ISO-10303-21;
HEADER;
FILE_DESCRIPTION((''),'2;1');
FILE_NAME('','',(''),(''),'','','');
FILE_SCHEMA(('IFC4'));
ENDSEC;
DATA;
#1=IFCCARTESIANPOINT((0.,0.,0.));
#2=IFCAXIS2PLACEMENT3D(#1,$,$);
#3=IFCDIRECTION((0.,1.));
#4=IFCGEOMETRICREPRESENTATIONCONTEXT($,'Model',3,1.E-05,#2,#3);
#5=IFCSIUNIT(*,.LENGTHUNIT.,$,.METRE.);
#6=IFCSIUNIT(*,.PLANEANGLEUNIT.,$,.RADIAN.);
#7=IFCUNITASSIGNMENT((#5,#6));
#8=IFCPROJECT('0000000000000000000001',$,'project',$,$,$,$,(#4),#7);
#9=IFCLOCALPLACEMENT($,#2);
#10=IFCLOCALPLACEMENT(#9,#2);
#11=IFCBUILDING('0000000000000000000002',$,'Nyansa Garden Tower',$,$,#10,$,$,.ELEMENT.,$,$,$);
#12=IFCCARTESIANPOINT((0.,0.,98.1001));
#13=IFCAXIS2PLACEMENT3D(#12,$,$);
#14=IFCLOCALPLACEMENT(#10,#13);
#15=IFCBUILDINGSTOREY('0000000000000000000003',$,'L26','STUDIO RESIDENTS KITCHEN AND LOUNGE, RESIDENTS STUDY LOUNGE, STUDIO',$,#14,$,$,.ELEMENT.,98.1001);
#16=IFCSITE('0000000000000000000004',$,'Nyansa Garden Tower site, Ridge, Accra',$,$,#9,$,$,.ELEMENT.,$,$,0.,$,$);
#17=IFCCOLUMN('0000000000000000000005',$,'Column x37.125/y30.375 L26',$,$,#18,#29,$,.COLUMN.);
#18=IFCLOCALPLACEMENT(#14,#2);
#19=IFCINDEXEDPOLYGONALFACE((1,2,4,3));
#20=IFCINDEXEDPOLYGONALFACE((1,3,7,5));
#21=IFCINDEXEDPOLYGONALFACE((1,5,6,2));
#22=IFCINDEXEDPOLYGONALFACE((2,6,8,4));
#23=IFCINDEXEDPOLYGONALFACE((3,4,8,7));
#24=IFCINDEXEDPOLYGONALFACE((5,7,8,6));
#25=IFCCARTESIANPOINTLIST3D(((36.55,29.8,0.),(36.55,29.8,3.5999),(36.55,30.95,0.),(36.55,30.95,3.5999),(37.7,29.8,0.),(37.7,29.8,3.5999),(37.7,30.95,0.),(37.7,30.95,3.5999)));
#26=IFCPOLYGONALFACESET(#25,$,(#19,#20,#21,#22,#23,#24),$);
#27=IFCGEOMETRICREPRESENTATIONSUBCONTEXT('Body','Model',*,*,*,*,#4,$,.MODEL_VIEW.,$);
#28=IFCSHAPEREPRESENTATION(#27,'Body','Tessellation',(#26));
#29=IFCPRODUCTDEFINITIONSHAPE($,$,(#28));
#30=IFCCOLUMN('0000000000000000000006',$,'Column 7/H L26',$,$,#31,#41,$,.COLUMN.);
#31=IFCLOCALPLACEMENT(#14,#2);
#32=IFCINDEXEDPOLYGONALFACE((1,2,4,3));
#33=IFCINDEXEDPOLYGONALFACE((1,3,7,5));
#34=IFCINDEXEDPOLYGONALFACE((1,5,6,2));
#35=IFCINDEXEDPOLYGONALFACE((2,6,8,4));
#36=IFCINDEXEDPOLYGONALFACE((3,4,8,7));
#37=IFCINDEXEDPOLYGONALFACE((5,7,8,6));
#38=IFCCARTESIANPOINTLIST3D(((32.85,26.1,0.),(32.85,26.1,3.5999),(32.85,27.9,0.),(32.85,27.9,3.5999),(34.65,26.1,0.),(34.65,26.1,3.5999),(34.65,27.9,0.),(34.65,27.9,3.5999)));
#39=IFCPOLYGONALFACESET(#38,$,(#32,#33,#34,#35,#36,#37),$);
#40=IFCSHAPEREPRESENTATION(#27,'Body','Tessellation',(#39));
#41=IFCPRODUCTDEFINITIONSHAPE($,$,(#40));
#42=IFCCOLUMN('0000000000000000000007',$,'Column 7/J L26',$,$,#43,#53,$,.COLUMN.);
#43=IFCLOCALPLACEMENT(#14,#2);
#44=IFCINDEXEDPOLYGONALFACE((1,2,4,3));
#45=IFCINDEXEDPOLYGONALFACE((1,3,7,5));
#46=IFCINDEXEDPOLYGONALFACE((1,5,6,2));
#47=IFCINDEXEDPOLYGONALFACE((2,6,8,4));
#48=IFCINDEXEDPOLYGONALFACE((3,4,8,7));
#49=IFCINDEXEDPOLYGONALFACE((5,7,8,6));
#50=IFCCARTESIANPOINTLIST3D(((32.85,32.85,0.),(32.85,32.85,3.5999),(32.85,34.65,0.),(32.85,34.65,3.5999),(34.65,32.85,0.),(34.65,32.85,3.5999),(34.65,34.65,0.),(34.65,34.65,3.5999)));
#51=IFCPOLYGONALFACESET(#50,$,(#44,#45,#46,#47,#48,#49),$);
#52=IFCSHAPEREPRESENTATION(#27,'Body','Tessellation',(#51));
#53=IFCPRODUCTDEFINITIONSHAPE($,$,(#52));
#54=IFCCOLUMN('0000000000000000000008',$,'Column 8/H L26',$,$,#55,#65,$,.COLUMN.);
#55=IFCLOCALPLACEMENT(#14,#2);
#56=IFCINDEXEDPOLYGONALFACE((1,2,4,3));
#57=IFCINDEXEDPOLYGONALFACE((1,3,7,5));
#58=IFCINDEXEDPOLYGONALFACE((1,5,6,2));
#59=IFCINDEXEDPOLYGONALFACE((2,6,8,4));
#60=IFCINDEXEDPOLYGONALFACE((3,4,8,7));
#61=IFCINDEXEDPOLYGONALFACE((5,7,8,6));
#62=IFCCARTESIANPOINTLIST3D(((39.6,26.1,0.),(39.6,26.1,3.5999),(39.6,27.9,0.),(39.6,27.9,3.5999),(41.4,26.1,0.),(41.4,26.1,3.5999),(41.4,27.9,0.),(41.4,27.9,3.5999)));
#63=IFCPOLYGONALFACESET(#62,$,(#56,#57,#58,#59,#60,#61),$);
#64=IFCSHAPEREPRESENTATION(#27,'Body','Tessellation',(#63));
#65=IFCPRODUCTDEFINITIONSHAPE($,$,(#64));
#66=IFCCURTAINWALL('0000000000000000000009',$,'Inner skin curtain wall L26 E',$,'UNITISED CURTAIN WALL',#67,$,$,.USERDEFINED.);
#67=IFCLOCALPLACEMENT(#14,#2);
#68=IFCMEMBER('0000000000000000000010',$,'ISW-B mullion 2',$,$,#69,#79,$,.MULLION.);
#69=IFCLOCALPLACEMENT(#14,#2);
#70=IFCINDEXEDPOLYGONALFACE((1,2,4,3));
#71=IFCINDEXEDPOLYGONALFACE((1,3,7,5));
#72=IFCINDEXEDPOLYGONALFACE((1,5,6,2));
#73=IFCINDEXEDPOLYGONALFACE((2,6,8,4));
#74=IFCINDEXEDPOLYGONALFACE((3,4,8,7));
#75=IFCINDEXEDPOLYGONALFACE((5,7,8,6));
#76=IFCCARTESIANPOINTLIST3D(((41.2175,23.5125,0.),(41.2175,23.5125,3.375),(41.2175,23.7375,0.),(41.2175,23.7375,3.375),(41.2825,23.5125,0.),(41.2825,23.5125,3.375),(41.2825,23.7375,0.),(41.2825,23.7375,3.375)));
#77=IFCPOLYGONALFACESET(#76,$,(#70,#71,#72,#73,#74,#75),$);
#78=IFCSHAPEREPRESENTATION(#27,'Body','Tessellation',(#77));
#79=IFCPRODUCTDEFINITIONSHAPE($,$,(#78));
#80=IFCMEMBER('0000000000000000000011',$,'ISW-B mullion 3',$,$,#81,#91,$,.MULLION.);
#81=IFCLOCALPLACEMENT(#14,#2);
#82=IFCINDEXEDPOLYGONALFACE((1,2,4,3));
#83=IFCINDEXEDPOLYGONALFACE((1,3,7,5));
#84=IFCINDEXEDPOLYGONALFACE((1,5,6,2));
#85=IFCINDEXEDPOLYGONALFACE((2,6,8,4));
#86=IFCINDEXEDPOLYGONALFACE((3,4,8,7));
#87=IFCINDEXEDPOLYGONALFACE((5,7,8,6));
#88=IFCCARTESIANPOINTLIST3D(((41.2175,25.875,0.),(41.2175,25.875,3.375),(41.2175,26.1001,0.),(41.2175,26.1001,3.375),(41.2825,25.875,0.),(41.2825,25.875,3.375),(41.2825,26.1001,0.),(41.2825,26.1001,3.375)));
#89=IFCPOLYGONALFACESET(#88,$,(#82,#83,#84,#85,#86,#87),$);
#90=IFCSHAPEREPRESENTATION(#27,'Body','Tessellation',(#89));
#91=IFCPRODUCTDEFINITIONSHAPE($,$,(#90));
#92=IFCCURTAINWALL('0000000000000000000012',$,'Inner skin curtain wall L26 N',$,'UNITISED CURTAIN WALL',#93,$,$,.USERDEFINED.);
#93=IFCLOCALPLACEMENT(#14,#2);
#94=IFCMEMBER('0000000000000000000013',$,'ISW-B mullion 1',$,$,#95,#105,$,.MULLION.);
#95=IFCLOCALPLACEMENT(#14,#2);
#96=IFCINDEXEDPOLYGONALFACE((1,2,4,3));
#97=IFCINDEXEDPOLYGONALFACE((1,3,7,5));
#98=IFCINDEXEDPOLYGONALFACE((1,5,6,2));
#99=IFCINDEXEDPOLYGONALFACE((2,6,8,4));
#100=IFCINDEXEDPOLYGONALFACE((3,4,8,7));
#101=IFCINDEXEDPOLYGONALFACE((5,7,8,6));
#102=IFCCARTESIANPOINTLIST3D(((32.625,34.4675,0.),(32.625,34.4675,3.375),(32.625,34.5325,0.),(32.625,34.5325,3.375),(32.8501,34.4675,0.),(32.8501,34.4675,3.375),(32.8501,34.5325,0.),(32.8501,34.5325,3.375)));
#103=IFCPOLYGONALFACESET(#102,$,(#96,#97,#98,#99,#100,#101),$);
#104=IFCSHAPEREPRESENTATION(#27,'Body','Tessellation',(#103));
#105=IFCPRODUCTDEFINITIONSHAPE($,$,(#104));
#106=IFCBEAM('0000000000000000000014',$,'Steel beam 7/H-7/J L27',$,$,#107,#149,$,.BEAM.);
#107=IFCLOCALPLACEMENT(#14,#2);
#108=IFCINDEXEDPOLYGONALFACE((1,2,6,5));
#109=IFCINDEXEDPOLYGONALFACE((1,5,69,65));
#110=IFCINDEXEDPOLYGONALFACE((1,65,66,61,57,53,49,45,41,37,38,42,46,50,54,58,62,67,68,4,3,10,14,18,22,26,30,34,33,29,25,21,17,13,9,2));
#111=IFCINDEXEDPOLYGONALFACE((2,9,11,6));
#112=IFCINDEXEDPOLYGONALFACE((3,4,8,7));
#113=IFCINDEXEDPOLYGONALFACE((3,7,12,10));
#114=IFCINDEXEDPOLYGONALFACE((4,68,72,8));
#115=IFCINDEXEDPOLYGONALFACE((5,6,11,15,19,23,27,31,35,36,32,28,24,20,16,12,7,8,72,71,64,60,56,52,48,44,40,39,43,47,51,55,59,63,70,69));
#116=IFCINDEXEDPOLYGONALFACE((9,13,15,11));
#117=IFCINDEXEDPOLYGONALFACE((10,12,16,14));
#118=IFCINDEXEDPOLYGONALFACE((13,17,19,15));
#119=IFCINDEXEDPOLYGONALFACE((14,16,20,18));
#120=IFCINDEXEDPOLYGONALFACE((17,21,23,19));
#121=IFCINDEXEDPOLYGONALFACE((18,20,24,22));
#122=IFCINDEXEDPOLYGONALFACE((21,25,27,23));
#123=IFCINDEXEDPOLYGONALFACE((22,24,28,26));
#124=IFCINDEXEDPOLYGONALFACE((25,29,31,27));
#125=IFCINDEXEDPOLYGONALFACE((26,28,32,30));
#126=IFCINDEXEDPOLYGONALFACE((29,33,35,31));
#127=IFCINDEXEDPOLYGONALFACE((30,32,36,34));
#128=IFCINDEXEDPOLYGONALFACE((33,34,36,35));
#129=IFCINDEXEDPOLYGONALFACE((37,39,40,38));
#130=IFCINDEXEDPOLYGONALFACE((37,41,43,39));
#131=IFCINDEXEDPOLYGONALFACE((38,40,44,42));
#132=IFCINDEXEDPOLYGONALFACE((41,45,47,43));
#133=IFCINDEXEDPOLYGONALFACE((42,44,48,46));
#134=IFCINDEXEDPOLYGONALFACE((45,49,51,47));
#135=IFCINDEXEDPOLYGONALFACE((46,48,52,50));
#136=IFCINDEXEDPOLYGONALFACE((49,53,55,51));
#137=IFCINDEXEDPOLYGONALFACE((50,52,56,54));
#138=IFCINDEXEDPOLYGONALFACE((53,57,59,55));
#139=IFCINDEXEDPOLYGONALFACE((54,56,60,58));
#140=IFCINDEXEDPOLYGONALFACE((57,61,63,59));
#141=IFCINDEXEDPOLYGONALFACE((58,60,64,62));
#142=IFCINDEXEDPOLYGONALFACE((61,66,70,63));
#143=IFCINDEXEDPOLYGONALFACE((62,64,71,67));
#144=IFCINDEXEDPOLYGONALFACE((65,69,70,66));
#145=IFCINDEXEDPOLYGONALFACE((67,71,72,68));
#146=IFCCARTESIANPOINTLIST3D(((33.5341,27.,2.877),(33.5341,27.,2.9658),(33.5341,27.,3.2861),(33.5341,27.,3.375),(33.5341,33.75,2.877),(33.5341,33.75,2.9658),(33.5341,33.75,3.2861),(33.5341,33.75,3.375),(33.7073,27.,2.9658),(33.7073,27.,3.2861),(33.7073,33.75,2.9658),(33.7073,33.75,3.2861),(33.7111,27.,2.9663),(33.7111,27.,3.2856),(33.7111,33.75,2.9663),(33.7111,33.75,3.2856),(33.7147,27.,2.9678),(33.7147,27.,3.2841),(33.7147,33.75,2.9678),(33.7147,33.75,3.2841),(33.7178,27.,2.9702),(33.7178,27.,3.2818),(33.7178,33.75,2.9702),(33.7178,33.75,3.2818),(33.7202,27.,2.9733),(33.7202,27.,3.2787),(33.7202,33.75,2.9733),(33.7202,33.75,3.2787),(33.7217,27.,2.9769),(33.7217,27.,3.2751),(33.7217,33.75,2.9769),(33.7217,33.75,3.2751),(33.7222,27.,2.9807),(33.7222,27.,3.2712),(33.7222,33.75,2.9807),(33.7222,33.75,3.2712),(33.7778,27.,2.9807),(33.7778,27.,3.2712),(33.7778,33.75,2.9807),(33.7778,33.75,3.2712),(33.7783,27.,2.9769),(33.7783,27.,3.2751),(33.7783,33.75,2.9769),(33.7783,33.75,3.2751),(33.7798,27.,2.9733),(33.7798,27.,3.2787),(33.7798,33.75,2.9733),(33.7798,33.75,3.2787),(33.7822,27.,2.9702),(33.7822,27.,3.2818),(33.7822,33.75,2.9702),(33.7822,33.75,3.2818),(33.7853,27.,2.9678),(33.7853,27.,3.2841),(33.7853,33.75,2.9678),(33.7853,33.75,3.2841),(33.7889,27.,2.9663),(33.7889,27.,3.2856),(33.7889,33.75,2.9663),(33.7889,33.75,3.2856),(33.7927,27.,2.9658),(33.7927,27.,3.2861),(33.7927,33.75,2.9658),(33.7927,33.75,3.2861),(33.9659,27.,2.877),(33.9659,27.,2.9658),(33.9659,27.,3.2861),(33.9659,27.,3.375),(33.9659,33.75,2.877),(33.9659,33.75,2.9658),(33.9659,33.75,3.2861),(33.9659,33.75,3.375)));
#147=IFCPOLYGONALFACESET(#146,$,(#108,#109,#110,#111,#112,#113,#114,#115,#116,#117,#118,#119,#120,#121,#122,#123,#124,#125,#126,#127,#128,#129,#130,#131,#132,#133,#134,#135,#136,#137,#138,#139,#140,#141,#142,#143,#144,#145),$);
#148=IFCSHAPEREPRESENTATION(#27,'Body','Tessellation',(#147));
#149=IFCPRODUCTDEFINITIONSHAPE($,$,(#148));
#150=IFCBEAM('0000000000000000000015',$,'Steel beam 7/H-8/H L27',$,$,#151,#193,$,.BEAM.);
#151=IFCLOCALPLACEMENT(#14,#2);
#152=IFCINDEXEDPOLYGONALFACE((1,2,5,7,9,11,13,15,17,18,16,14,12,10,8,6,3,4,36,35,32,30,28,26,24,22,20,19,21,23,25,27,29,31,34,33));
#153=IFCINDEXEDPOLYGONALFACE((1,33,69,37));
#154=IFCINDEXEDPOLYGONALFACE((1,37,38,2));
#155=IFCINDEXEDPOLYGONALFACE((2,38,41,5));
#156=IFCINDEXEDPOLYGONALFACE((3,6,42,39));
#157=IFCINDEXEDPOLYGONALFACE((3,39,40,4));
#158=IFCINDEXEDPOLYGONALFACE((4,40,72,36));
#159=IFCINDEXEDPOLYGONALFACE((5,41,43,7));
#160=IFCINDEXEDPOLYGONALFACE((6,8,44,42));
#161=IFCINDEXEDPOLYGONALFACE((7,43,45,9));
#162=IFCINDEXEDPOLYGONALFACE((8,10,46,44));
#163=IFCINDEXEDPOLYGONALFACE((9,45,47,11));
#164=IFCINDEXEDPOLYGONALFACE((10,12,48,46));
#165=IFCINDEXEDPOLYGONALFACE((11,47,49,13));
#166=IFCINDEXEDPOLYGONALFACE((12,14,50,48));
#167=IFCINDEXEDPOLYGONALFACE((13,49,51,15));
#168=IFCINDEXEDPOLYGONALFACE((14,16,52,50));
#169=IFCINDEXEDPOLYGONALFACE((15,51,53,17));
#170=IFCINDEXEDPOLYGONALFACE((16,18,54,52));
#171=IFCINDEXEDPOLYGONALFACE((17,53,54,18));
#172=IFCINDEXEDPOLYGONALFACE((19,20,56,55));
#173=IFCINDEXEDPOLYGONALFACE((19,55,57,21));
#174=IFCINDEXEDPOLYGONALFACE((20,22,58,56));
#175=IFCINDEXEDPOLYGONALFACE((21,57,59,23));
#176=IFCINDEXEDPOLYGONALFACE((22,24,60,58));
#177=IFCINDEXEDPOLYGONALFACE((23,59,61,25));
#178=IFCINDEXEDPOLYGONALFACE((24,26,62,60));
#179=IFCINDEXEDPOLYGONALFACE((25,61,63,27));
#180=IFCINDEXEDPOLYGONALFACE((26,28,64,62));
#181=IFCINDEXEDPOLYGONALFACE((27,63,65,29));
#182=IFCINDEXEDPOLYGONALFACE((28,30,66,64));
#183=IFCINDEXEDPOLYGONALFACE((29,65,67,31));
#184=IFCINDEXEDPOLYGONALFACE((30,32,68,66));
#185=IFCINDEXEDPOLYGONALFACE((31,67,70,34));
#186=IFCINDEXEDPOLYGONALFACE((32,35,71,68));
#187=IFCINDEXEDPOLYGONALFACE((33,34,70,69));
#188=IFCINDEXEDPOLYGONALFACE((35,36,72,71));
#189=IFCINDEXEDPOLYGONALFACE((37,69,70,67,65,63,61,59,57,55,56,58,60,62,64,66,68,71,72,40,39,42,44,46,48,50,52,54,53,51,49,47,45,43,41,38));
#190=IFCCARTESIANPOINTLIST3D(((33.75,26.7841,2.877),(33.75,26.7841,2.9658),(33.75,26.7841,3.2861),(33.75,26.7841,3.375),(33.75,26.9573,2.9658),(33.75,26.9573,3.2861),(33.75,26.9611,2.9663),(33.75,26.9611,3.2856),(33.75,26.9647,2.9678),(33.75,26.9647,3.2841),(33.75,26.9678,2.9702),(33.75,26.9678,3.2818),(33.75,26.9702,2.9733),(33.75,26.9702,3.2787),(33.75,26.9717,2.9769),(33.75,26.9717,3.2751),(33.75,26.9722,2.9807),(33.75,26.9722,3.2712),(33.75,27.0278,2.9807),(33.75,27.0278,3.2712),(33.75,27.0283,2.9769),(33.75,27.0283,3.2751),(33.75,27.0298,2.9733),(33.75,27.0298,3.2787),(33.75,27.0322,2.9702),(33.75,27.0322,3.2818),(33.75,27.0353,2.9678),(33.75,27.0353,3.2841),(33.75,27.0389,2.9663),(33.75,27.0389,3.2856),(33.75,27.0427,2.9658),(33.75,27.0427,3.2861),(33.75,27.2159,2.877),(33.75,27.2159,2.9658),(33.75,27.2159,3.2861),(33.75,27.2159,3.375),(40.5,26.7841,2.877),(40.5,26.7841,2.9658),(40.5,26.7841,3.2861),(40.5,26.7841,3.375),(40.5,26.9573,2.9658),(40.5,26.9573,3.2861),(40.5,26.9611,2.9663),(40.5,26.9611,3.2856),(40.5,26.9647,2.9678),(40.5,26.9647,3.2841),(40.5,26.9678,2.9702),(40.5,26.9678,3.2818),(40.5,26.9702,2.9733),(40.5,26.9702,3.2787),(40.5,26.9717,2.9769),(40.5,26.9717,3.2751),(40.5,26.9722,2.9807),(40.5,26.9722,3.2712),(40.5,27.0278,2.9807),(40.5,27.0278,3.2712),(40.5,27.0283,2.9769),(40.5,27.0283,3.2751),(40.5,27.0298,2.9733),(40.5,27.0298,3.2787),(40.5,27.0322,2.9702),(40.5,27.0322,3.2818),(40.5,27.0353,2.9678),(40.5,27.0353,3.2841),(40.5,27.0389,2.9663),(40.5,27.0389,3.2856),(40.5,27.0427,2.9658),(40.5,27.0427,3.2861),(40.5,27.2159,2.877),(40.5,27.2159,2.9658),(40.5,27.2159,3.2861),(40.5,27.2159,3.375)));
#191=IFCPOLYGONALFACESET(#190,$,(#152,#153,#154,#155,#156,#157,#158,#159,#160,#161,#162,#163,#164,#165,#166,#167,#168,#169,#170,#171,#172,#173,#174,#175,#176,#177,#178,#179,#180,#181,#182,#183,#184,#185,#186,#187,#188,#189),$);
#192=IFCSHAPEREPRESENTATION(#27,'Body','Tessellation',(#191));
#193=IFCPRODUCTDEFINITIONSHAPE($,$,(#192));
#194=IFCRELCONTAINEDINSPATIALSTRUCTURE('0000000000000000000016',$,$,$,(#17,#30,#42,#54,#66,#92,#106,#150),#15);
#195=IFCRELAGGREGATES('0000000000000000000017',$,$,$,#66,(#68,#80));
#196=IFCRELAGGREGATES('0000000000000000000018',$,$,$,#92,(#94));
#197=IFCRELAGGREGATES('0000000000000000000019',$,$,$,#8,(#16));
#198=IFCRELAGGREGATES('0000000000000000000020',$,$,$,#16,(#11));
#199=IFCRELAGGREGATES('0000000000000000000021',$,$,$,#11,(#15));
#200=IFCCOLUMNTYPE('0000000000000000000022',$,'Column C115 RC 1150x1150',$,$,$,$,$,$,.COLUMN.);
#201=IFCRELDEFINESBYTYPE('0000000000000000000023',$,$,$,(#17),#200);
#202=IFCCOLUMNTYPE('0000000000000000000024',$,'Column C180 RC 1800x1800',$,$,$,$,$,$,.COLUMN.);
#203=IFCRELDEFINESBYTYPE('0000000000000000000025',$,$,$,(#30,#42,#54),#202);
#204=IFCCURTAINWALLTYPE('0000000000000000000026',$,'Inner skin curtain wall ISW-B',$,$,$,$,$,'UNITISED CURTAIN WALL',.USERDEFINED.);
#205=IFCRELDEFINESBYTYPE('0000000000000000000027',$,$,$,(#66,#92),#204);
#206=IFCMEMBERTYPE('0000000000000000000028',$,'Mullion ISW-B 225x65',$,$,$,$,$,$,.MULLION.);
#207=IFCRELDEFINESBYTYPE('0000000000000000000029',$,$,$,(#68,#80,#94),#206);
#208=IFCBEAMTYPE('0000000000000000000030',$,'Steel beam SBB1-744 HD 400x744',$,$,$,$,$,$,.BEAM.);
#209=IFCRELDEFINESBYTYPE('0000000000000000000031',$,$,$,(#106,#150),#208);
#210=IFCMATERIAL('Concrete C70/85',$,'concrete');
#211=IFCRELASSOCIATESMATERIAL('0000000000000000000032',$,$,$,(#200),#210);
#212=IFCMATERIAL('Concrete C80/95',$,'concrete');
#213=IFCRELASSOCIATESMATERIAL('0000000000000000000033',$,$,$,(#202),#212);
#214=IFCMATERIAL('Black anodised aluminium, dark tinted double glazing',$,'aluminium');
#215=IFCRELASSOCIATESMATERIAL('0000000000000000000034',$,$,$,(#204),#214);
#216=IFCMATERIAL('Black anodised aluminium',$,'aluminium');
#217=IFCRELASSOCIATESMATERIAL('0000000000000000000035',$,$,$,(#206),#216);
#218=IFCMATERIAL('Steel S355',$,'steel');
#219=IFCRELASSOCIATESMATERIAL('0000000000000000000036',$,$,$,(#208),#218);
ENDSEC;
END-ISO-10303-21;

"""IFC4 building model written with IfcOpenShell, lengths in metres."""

from ifc_helpers import new_model, si_unit, direction, frame, origin, origin_2d, place, context, subcontext, project, spatial, rectangle, i_section, extrude, material, material_profile, profile_set, type_object, element, aggregate, save


model = new_model("IFC4")

# Units and contexts
model_context = context("Model", 3, precision=1e-05, world=origin(), true_north=direction((0.0, 1.0)))
body_context = subcontext(model_context, "Body", "Model", "MODEL_VIEW")
ifc_project = project(units=[si_unit("LENGTHUNIT", "METRE"), si_unit("PLANEANGLEUNIT", "RADIAN")], contexts=[model_context])

# Site, building, storey
site_placement = place(None, origin())
site = spatial("IfcSite", under=ifc_project, at=site_placement, Name="Nyansa Garden Tower site, Ridge, Accra", CompositionType="ELEMENT", RefElevation=0.0)
building_placement = place(site_placement, origin())
building = spatial("IfcBuilding", under=site, at=building_placement, Name="Nyansa Garden Tower", CompositionType="ELEMENT")
storey_placement = place(building_placement, frame((0.0, 0.0, 98.1001)))
storey = spatial("IfcBuildingStorey", under=building, at=storey_placement, Name="L26", Description="STUDIO RESIDENTS KITCHEN AND LOUNGE, RESIDENTS STUDY LOUNGE, STUDIO", CompositionType="ELEMENT", Elevation=98.1001)

# Columns
ifc_material_1 = material(Name="Concrete C70/85", Category="concrete")
ifc_material_profile_1 = material_profile(ifc_material_1, rectangle(XDim=1.1499, YDim=1.1499, at=origin_2d()), Name="RC 1150x1150")
ifc_profile_set_1 = profile_set([ifc_material_profile_1], Name="Concrete C70/85")
column_type_1 = type_object("IfcColumnType", Name="Column C115 RC 1150x1150", PredefinedType="COLUMN", material=ifc_profile_set_1)
column_placement = place(storey_placement, frame((37.125, 30.375, 0.0), z_axis=(0.0, 0.0, 1.0), x_axis=(1.0, 0.0, 0.0)))
element("IfcColumn", 1, at=column_placement, inside=storey, type_object=column_type_1, Name="Column x37.125/y30.375 L26", PredefinedType="COLUMN", context=body_context, shape_type="SweptSolid", body=[
    extrude(rectangle(XDim=1.1499, YDim=1.1499, at=origin_2d()), origin(), (0.0, 0.0, 1.0), 3.5999),
])
ifc_material_2 = material(Name="Concrete C80/95", Category="concrete")
ifc_material_profile_2 = material_profile(ifc_material_2, rectangle(XDim=1.8, YDim=1.8, at=origin_2d()), Name="RC 1800x1800")
ifc_profile_set_2 = profile_set([ifc_material_profile_2], Name="Concrete C80/95")
column_type_2 = type_object("IfcColumnType", Name="Column C180 RC 1800x1800", PredefinedType="COLUMN", material=ifc_profile_set_2)
for number, where, z_axis, x_axis, name in (
    (2, (33.75, 27.0, 0.0), (0.0, 0.0, 1.0), (1.0, 0.0, 0.0), "Column 7/H L26"),
    (3, (33.75, 33.75, 0.0), (0.0, 0.0, 1.0), (1.0, 0.0, 0.0), "Column 7/J L26"),
    (4, (40.5, 27.0, 0.0), (0.0, 0.0, 1.0), (1.0, 0.0, 0.0), "Column 8/H L26"),
):
    element("IfcColumn", number, at=place(storey_placement, frame(where, z_axis=z_axis, x_axis=x_axis)), inside=storey, type_object=column_type_2, Name=name, PredefinedType="COLUMN", context=body_context, shape_type="SweptSolid", body=[
        extrude(rectangle(XDim=1.8, YDim=1.8, at=origin_2d()), origin(), (0.0, 0.0, 1.0), 3.5999),
    ])

# Curtain wall, members
ifc_material_3 = material(Name="Black anodised aluminium, dark tinted double glazing", Category="aluminium")
curtain_wall_type = type_object("IfcCurtainWallType", Name="Inner skin curtain wall ISW-B", ElementType="UNITISED CURTAIN WALL", PredefinedType="USERDEFINED", material=ifc_material_3)
curtain_wall_1_placement = place(storey_placement, origin())
curtain_wall_1 = element("IfcCurtainWall", 5, at=curtain_wall_1_placement, inside=storey, type_object=curtain_wall_type, Name="Inner skin curtain wall L26 E", ObjectType="UNITISED CURTAIN WALL", PredefinedType="USERDEFINED")
ifc_material_4 = material(Name="Black anodised aluminium", Category="aluminium")
ifc_material_profile_3 = material_profile(ifc_material_4, rectangle(XDim=0.0649, YDim=0.2251, at=origin_2d()), Name="Mullion 225x65")
ifc_profile_set_3 = profile_set([ifc_material_profile_3], Name="Black anodised aluminium")
member_type_1 = type_object("IfcMemberType", Name="Mullion ISW-B 225x65", PredefinedType="MULLION", material=ifc_profile_set_3)
member_1_placement = place(storey_placement, frame((41.25, 23.625, 0.0), z_axis=(0.0, 0.0, 1.0), x_axis=(-1.0, 0.0, 0.0)))
member_1 = element("IfcMember", 6, at=member_1_placement, type_object=member_type_1, Name="ISW-B mullion 2", PredefinedType="MULLION", context=body_context, shape_type="SweptSolid", body=[
    extrude(rectangle(XDim=0.0649, YDim=0.2251, at=origin_2d()), origin(), (0.0, 0.0, 1.0), 3.375),
])
member_2_placement = place(storey_placement, frame((41.25, 25.9875, 0.0), z_axis=(0.0, 0.0, 1.0), x_axis=(-1.0, 0.0, 0.0)))
member_2 = element("IfcMember", 7, at=member_2_placement, type_object=member_type_1, Name="ISW-B mullion 3", PredefinedType="MULLION", context=body_context, shape_type="SweptSolid", body=[
    extrude(rectangle(XDim=0.0649, YDim=0.2251, at=origin_2d()), origin(), (0.0, 0.0, 1.0), 3.375),
])

# Curtain wall, member
curtain_wall_2_placement = place(storey_placement, origin())
curtain_wall_2 = element("IfcCurtainWall", 8, at=curtain_wall_2_placement, inside=storey, type_object=curtain_wall_type, Name="Inner skin curtain wall L26 N", ObjectType="UNITISED CURTAIN WALL", PredefinedType="USERDEFINED")
member_3_placement = place(storey_placement, frame((32.7375, 34.5, 0.0), z_axis=(0.0, 0.0, 1.0), x_axis=(0.0, -1.0, 0.0)))
member_3 = element("IfcMember", 9, at=member_3_placement, type_object=member_type_1, Name="ISW-B mullion 1", PredefinedType="MULLION", context=body_context, shape_type="SweptSolid", body=[
    extrude(rectangle(XDim=0.0649, YDim=0.2251, at=origin_2d()), origin(), (0.0, 0.0, 1.0), 3.375),
])

# Beams
ifc_material_5 = material(Name="Steel S355", Category="steel")
ifc_material_profile_4 = material_profile(ifc_material_5, i_section(OverallWidth=0.4319, OverallDepth=0.498, WebThickness=0.0557, FlangeThickness=0.0889, FilletRadius=0.0149, at=origin_2d()), Name="HD 400x744")
ifc_profile_set_4 = profile_set([ifc_material_profile_4], Name="Steel S355")
beam_type_1 = type_object("IfcBeamType", Name="Steel beam SBB1-744 HD 400x744", PredefinedType="BEAM", material=ifc_profile_set_4)
for number, where, z_axis, x_axis, name in (
    (10, (33.75, 27.0, 3.126), (0.0, 1.0, 0.0), (-1.0, 0.0, 0.0), "Steel beam 7/H-7/J L27"),
    (11, (33.75, 27.0, 3.126), (1.0, 0.0, 0.0), (0.0, 1.0, 0.0), "Steel beam 7/H-8/H L27"),
):
    element("IfcBeam", number, at=place(storey_placement, frame(where, z_axis=z_axis, x_axis=x_axis)), inside=storey, type_object=beam_type_1, Name=name, PredefinedType="BEAM", context=body_context, shape_type="SweptSolid", body=[
        extrude(i_section(OverallWidth=0.4319, OverallDepth=0.498, WebThickness=0.0557, FlangeThickness=0.0889, FilletRadius=0.0149, at=origin_2d()), origin(), (0.0, 0.0, 1.0), 6.75),
    ])

aggregate(curtain_wall_1, [member_1, member_2])
aggregate(curtain_wall_2, [member_3])

save(model, "model.ifc")
